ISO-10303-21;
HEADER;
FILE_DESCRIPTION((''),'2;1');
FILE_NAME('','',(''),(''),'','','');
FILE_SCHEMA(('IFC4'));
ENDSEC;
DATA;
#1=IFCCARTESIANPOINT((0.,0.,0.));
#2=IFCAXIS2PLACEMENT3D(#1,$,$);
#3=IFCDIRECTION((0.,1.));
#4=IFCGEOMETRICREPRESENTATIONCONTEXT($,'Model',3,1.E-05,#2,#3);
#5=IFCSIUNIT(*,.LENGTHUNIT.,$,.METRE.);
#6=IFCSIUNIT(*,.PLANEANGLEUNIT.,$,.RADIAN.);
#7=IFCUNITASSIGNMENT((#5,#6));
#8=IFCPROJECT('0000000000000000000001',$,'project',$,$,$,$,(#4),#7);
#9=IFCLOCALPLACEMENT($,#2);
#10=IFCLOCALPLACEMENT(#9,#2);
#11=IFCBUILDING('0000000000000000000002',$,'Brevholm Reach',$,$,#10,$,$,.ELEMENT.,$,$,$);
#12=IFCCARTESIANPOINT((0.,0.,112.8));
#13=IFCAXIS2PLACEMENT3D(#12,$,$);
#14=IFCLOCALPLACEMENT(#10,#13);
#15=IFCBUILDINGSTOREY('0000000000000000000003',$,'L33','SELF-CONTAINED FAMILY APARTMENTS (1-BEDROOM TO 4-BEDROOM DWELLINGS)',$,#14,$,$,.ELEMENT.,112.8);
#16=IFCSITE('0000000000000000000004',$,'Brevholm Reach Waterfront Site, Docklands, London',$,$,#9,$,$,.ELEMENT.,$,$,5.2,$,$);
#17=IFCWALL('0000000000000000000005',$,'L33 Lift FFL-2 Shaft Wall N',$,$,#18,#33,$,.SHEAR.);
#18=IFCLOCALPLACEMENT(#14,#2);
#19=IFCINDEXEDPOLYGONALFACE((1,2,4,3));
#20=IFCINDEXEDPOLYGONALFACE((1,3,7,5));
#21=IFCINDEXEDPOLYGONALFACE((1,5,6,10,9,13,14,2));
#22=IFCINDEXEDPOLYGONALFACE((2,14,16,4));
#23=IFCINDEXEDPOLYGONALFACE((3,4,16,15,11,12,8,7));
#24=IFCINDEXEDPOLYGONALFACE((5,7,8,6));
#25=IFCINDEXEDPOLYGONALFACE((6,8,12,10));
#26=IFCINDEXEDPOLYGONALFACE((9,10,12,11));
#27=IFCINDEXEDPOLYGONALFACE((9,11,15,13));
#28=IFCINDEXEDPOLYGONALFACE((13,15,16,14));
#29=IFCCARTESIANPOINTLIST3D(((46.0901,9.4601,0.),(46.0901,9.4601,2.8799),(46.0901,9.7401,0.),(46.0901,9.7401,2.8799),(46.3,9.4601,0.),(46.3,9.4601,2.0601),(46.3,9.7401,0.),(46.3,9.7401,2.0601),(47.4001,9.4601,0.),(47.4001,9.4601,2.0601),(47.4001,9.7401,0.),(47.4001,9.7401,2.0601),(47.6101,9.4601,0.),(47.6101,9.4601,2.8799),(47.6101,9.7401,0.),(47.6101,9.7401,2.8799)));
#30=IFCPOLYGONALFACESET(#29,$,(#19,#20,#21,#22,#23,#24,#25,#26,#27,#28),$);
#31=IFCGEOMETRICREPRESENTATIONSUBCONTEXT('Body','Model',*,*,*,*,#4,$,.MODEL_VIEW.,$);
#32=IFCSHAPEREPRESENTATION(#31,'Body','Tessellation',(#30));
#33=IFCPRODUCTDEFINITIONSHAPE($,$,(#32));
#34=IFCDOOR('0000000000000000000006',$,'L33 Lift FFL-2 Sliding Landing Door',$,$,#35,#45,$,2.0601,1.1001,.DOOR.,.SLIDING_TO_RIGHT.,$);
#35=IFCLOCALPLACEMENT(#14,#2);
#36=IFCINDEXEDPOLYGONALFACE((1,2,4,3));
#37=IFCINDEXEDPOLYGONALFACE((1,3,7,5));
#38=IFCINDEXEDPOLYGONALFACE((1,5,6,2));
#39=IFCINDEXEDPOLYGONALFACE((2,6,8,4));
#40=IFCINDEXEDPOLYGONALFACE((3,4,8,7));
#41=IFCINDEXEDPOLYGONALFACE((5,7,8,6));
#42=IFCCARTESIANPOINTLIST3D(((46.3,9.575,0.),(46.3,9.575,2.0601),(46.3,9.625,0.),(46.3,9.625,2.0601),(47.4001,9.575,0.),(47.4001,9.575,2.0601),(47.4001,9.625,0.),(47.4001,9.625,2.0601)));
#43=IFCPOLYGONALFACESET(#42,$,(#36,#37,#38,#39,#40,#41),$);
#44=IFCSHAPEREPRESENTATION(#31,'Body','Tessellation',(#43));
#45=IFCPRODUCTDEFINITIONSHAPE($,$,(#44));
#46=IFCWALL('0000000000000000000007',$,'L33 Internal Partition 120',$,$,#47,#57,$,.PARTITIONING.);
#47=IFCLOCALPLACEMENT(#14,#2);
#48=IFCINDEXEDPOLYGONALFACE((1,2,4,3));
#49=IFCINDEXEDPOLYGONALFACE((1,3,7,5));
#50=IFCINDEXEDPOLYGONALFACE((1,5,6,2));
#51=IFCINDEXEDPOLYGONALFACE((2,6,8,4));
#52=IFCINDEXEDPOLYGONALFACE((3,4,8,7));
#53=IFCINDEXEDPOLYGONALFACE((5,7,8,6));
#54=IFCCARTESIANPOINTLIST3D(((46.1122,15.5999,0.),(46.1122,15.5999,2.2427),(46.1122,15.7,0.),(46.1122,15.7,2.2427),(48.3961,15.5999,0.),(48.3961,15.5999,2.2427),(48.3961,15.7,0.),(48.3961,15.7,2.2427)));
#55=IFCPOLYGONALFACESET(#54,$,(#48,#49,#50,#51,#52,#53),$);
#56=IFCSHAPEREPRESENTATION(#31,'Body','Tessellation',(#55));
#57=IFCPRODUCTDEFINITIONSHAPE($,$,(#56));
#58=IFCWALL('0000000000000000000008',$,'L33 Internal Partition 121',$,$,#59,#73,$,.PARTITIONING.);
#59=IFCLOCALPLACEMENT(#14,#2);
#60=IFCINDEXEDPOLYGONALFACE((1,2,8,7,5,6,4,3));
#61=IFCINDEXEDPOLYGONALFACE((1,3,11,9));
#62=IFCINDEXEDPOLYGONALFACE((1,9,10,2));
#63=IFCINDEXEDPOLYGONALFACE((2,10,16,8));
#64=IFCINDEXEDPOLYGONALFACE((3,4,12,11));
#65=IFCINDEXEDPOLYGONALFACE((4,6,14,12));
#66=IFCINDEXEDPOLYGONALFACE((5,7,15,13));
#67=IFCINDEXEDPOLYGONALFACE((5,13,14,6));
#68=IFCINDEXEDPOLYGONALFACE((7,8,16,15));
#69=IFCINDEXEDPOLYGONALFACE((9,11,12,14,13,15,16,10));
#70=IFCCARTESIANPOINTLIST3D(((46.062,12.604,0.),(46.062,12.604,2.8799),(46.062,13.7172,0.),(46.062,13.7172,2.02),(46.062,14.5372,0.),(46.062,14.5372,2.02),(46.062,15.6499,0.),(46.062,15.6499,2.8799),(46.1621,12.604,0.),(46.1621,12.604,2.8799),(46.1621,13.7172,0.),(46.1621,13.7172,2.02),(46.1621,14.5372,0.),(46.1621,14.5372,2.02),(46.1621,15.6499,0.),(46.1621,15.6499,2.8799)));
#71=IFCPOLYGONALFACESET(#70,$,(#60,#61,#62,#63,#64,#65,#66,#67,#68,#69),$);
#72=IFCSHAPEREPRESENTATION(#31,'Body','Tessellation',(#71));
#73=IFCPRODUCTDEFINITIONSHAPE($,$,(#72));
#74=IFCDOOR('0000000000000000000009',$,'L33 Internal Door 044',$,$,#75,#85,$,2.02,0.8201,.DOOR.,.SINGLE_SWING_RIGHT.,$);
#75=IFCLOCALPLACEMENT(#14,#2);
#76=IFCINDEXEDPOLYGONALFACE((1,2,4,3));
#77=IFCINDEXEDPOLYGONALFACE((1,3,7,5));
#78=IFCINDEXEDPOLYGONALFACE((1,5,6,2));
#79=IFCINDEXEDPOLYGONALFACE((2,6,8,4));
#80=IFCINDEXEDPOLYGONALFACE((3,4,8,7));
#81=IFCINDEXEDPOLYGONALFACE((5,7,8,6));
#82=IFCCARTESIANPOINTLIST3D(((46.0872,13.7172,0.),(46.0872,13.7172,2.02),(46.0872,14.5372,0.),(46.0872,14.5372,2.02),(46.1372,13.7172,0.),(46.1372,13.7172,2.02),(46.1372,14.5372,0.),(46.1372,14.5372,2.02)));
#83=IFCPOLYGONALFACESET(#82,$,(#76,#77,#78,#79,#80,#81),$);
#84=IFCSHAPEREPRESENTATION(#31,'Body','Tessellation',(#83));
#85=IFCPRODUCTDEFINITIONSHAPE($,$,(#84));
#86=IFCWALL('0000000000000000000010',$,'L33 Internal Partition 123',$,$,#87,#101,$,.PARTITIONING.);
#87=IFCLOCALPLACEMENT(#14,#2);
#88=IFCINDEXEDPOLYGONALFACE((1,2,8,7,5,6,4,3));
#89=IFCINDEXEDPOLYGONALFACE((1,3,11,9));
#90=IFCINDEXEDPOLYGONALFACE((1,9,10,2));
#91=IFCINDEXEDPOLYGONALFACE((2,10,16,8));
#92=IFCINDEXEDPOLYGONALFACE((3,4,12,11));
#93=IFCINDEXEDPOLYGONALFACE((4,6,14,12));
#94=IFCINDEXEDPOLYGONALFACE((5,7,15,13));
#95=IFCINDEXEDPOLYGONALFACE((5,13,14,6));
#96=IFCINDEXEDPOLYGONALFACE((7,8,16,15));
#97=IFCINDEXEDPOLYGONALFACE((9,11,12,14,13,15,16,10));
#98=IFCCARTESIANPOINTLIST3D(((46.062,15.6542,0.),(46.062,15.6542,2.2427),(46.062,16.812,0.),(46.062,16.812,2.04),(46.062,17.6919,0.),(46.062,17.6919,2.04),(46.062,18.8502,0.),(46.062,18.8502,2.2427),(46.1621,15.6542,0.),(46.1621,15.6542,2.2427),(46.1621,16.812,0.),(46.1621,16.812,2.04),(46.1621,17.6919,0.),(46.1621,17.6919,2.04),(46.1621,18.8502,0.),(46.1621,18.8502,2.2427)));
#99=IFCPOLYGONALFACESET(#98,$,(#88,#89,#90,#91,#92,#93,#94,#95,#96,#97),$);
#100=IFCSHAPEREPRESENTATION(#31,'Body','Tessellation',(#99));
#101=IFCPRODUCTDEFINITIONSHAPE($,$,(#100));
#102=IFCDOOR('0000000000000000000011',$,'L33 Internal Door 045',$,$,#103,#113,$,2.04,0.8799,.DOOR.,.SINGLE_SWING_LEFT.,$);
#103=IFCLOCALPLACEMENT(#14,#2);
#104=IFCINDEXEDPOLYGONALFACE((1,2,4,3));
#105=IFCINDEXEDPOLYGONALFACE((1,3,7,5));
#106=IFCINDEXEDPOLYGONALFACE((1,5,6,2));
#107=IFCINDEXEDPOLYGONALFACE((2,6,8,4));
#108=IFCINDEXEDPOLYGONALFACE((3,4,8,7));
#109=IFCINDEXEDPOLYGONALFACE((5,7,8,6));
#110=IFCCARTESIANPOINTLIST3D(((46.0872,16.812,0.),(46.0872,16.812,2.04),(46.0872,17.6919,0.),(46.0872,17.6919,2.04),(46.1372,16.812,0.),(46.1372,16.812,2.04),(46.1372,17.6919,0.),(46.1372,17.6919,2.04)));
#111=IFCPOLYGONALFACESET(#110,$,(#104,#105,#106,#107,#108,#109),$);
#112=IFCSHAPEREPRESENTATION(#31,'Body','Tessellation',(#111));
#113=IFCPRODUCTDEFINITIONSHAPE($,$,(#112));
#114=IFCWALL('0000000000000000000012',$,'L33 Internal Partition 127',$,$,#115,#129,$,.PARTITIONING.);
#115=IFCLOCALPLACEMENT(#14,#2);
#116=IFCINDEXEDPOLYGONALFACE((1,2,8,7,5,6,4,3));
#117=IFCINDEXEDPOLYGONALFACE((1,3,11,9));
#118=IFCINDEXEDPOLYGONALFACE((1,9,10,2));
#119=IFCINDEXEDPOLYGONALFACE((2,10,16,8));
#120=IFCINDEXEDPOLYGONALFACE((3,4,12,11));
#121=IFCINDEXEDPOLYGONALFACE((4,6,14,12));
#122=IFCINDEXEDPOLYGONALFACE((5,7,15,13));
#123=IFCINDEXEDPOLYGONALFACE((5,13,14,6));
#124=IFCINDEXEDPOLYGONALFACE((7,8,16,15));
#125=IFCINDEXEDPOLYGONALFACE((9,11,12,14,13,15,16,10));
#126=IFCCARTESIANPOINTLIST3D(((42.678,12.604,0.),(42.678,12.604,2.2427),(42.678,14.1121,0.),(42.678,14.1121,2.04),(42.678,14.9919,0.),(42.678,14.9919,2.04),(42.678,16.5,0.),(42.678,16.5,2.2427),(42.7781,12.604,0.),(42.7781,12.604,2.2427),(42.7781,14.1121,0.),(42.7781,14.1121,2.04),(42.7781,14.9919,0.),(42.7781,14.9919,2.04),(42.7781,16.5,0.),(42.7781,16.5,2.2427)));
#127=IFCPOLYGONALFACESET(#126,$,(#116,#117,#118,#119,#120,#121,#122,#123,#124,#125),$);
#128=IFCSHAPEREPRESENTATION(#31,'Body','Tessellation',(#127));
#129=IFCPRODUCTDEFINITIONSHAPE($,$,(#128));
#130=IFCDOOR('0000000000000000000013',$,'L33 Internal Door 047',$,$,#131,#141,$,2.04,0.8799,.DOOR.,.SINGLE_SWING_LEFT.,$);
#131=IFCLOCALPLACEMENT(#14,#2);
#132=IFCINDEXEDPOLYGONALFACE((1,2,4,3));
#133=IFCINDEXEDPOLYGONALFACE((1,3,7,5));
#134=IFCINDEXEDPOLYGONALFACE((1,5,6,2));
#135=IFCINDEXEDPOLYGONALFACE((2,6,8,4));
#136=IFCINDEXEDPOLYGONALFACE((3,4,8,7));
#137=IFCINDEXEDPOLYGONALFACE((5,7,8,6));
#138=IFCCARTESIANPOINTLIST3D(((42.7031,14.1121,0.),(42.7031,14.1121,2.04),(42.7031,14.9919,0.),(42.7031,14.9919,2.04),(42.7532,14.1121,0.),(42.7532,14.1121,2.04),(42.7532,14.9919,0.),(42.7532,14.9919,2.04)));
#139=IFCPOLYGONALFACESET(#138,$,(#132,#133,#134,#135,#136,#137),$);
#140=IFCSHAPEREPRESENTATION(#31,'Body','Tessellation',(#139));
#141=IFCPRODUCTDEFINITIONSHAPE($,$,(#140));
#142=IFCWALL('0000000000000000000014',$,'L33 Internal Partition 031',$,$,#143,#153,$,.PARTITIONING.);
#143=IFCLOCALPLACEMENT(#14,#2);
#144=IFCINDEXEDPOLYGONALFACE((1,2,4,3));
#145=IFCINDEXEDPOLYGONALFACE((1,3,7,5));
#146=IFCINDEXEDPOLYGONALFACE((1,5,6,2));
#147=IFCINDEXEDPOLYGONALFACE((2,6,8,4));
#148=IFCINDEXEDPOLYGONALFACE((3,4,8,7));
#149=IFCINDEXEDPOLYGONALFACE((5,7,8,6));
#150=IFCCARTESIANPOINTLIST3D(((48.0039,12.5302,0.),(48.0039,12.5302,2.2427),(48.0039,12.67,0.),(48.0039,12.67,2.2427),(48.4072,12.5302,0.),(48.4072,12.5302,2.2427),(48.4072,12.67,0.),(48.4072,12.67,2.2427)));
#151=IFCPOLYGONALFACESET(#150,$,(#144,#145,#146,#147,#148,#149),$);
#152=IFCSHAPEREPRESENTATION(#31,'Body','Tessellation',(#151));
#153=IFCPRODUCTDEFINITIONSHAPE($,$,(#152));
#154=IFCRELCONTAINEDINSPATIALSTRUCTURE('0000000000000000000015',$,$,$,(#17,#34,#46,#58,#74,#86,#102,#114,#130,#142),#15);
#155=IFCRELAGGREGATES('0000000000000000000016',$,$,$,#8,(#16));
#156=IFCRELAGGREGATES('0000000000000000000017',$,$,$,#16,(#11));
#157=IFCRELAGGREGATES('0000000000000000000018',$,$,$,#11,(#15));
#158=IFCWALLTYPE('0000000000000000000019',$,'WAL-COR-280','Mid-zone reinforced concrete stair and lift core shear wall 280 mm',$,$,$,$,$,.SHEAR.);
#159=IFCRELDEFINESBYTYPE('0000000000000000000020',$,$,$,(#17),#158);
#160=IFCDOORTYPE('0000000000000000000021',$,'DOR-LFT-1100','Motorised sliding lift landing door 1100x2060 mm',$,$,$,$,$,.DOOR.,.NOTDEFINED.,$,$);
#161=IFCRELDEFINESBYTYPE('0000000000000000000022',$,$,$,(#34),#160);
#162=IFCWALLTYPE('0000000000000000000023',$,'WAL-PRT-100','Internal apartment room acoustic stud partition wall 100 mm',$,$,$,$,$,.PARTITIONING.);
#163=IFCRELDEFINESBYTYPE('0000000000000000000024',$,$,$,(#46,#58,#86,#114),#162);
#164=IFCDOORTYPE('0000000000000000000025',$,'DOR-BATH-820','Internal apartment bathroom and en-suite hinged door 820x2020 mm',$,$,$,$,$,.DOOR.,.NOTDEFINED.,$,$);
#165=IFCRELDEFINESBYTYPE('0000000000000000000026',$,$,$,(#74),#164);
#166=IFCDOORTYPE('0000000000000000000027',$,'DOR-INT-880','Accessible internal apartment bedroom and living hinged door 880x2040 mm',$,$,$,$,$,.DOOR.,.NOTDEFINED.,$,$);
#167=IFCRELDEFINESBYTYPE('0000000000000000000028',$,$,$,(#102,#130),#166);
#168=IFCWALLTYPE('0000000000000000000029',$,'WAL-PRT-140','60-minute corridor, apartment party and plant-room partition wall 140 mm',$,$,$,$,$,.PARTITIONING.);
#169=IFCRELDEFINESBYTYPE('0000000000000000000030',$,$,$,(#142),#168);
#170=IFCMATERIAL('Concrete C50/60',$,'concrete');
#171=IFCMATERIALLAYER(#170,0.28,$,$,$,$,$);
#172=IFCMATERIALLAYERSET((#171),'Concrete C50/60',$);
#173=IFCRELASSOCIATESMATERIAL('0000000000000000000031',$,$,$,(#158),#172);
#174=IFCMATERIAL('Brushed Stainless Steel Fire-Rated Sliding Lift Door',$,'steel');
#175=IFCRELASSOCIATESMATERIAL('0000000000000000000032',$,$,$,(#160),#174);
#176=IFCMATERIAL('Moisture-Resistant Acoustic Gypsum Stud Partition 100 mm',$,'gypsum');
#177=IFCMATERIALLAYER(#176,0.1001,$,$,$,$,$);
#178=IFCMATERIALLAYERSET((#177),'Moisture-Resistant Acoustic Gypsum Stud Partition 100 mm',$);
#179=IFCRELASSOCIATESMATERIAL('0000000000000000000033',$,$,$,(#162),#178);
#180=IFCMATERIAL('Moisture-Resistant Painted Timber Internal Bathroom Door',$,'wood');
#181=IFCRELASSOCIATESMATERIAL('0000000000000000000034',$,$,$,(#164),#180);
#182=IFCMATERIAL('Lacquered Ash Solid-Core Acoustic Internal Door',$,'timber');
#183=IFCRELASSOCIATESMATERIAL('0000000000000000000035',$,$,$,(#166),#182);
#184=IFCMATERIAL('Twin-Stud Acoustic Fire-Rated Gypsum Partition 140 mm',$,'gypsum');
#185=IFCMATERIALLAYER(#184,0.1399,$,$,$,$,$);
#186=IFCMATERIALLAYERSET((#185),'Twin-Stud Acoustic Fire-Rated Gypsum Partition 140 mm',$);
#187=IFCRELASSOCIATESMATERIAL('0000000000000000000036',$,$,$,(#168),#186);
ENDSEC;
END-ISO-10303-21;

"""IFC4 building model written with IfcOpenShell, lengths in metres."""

from ifc_helpers import new_model, si_unit, direction, frame, frame_2d, origin, place, context, subcontext, project, spatial, rectangle, extrude, material, layer, layer_set, type_object, element, fill, save


model = new_model("IFC4")

# Units and contexts
model_context = context("Model", 3, precision=1e-05, world=origin(), true_north=direction((0.0, 1.0)))
body_context = subcontext(model_context, "Body", "Model", "MODEL_VIEW")
ifc_project = project(units=[si_unit("LENGTHUNIT", "METRE"), si_unit("PLANEANGLEUNIT", "RADIAN")], contexts=[model_context])

# Site, building, storey
site_placement = place(None, origin())
site = spatial("IfcSite", under=ifc_project, at=site_placement, Name="Brevholm Reach Waterfront Site, Docklands, London", CompositionType="ELEMENT", RefElevation=5.2)
building_placement = place(site_placement, origin())
building = spatial("IfcBuilding", under=site, at=building_placement, Name="Brevholm Reach", CompositionType="ELEMENT")
storey_placement = place(building_placement, frame((0.0, 0.0, 112.8)))
storey = spatial("IfcBuildingStorey", under=building, at=storey_placement, Name="L33", Description="SELF-CONTAINED FAMILY APARTMENTS (1-BEDROOM TO 4-BEDROOM DWELLINGS)", CompositionType="ELEMENT", Elevation=112.8)

# Wall, opening, door
ifc_material_1 = material(Name="Concrete C50/60", Category="concrete")
ifc_layer_1 = layer(ifc_material_1, 0.28)
ifc_layer_set_1 = layer_set([ifc_layer_1], Name="Concrete C50/60")
wall_type_1 = type_object("IfcWallType", Name="WAL-COR-280", Description="Mid-zone reinforced concrete stair and lift core shear wall 280 mm", PredefinedType="SHEAR", material=ifc_layer_set_1)
wall_1_placement = place(storey_placement, frame((46.0901, 9.6001, 0.0), z_axis=(0.0, 0.0, 1.0), x_axis=(1.0, 0.0, 0.0)))
wall_1 = element("IfcWall", 1, at=wall_1_placement, inside=storey, type_object=wall_type_1, Name="L33 Lift FFL-2 Shaft Wall N", PredefinedType="SHEAR", context=body_context, shape_type="SweptSolid", body=[
    extrude(rectangle(XDim=1.52, YDim=0.28, at=frame_2d((0.76, 0.0))), origin(), (0.0, 0.0, 1.0), 2.8799),
])
opening_1_placement = place(wall_1_placement, frame((0.21, 0.0, 0.0)))
opening_1 = element("IfcOpeningElement", 2, at=opening_1_placement, cuts=wall_1, PredefinedType="OPENING", context=body_context, shape_type="SweptSolid", body=[
    extrude(rectangle(XDim=1.1001, YDim=2.0601, at=frame_2d((0.55, 1.03))), frame((0.0, 0.1499, 0.0), z_axis=(0.0, -1.0, 0.0), x_axis=(1.0, 0.0, 0.0)), (0.0, 0.0, 1.0), 0.3),
])
ifc_material_2 = material(Name="Brushed Stainless Steel Fire-Rated Sliding Lift Door", Category="steel")
door_type_1 = type_object("IfcDoorType", Name="DOR-LFT-1100", Description="Motorised sliding lift landing door 1100x2060 mm", OperationType="NOTDEFINED", PredefinedType="DOOR", material=ifc_material_2)
door_1_placement = place(opening_1_placement, origin())
door_1 = element("IfcDoor", 3, at=door_1_placement, inside=storey, type_object=door_type_1, Name="L33 Lift FFL-2 Sliding Landing Door", OperationType="SLIDING_TO_RIGHT", OverallHeight=2.0601, OverallWidth=1.1001, PredefinedType="DOOR", context=body_context, shape_type="SweptSolid", body=[
    extrude(rectangle(XDim=1.1001, YDim=2.0601, at=frame_2d((0.55, 1.03))), frame((0.0, 0.0249, 0.0), z_axis=(0.0, -1.0, 0.0), x_axis=(1.0, 0.0, 0.0)), (0.0, 0.0, 1.0), 0.05),
])
fill(opening_1, door_1)

# Wall
ifc_material_3 = material(Name="Moisture-Resistant Acoustic Gypsum Stud Partition 100 mm", Category="gypsum")
ifc_layer_2 = layer(ifc_material_3, 0.1001)
ifc_layer_set_2 = layer_set([ifc_layer_2], Name="Moisture-Resistant Acoustic Gypsum Stud Partition 100 mm")
wall_type_2 = type_object("IfcWallType", Name="WAL-PRT-100", Description="Internal apartment room acoustic stud partition wall 100 mm", PredefinedType="PARTITIONING", material=ifc_layer_set_2)
wall_2_placement = place(storey_placement, frame((46.1121, 15.6499, 0.0), z_axis=(0.0, 0.0, 1.0), x_axis=(1.0, 0.0, 0.0)))
element("IfcWall", 4, at=wall_2_placement, inside=storey, type_object=wall_type_2, Name="L33 Internal Partition 120", PredefinedType="PARTITIONING", context=body_context, shape_type="SweptSolid", body=[
    extrude(rectangle(XDim=2.2839, YDim=0.1001, at=frame_2d((1.1421, 0.0))), origin(), (0.0, 0.0, 1.0), 2.2427),
])

# Walls, openings, doors
wall_3_placement = place(storey_placement, frame((46.1121, 12.604, 0.0), z_axis=(0.0, 0.0, 1.0), x_axis=(0.0, 1.0, 0.0)))
wall_3 = element("IfcWall", 5, at=wall_3_placement, inside=storey, type_object=wall_type_2, Name="L33 Internal Partition 121", PredefinedType="PARTITIONING", context=body_context, shape_type="SweptSolid", body=[
    extrude(rectangle(XDim=3.0459, YDim=0.1001, at=frame_2d((1.5229, 0.0))), origin(), (0.0, 0.0, 1.0), 2.8799),
])
opening_2_placement = place(wall_3_placement, frame((1.113, 0.0, 0.0)))
opening_2 = element("IfcOpeningElement", 6, at=opening_2_placement, cuts=wall_3, PredefinedType="OPENING", context=body_context, shape_type="SweptSolid", body=[
    extrude(rectangle(XDim=0.8201, YDim=2.02, at=frame_2d((0.4102, 1.01))), frame((0.0, 0.0601, 0.0), z_axis=(0.0, -1.0, 0.0), x_axis=(1.0, 0.0, 0.0)), (0.0, 0.0, 1.0), 0.1201),
])
ifc_material_4 = material(Name="Moisture-Resistant Painted Timber Internal Bathroom Door", Category="wood")
door_type_2 = type_object("IfcDoorType", Name="DOR-BATH-820", Description="Internal apartment bathroom and en-suite hinged door 820x2020 mm", OperationType="NOTDEFINED", PredefinedType="DOOR", material=ifc_material_4)
door_2_placement = place(opening_2_placement, origin())
door_2 = element("IfcDoor", 7, at=door_2_placement, inside=storey, type_object=door_type_2, Name="L33 Internal Door 044", OperationType="SINGLE_SWING_RIGHT", OverallHeight=2.02, OverallWidth=0.8201, PredefinedType="DOOR", context=body_context, shape_type="SweptSolid", body=[
    extrude(rectangle(XDim=0.8201, YDim=2.02, at=frame_2d((0.4102, 1.01))), frame((0.0, 0.0249, 0.0), z_axis=(0.0, -1.0, 0.0), x_axis=(1.0, 0.0, 0.0)), (0.0, 0.0, 1.0), 0.05),
])
fill(opening_2, door_2)
wall_4_placement = place(storey_placement, frame((46.1121, 15.6541, 0.0), z_axis=(0.0, 0.0, 1.0), x_axis=(0.0, 1.0, 0.0)))
wall_4 = element("IfcWall", 8, at=wall_4_placement, inside=storey, type_object=wall_type_2, Name="L33 Internal Partition 123", PredefinedType="PARTITIONING", context=body_context, shape_type="SweptSolid", body=[
    extrude(rectangle(XDim=3.196, YDim=0.1001, at=frame_2d((1.5981, 0.0))), origin(), (0.0, 0.0, 1.0), 2.2427),
])
opening_3_placement = place(wall_4_placement, frame((1.158, 0.0, 0.0)))
opening_3 = element("IfcOpeningElement", 9, at=opening_3_placement, cuts=wall_4, PredefinedType="OPENING", context=body_context, shape_type="SweptSolid", body=[
    extrude(rectangle(XDim=0.8799, YDim=2.04, at=frame_2d((0.4399, 1.02))), frame((0.0, 0.0601, 0.0), z_axis=(0.0, -1.0, 0.0), x_axis=(1.0, 0.0, 0.0)), (0.0, 0.0, 1.0), 0.1201),
])
ifc_material_5 = material(Name="Lacquered Ash Solid-Core Acoustic Internal Door", Category="timber")
door_type_3 = type_object("IfcDoorType", Name="DOR-INT-880", Description="Accessible internal apartment bedroom and living hinged door 880x2040 mm", OperationType="NOTDEFINED", PredefinedType="DOOR", material=ifc_material_5)
door_3_placement = place(opening_3_placement, origin())
door_3 = element("IfcDoor", 10, at=door_3_placement, inside=storey, type_object=door_type_3, Name="L33 Internal Door 045", OperationType="SINGLE_SWING_LEFT", OverallHeight=2.04, OverallWidth=0.8799, PredefinedType="DOOR", context=body_context, shape_type="SweptSolid", body=[
    extrude(rectangle(XDim=0.8799, YDim=2.04, at=frame_2d((0.4399, 1.02))), frame((0.0, 0.0249, 0.0), z_axis=(0.0, -1.0, 0.0), x_axis=(1.0, 0.0, 0.0)), (0.0, 0.0, 1.0), 0.05),
])
fill(opening_3, door_3)
wall_5_placement = place(storey_placement, frame((42.728, 12.604, 0.0), z_axis=(0.0, 0.0, 1.0), x_axis=(0.0, 1.0, 0.0)))
wall_5 = element("IfcWall", 11, at=wall_5_placement, inside=storey, type_object=wall_type_2, Name="L33 Internal Partition 127", PredefinedType="PARTITIONING", context=body_context, shape_type="SweptSolid", body=[
    extrude(rectangle(XDim=3.896, YDim=0.1001, at=frame_2d((1.948, 0.0))), origin(), (0.0, 0.0, 1.0), 2.2427),
])
opening_4_placement = place(wall_5_placement, frame((1.5081, 0.0, 0.0)))
opening_4 = element("IfcOpeningElement", 12, at=opening_4_placement, cuts=wall_5, PredefinedType="OPENING", context=body_context, shape_type="SweptSolid", body=[
    extrude(rectangle(XDim=0.8799, YDim=2.04, at=frame_2d((0.4399, 1.02))), frame((0.0, 0.0601, 0.0), z_axis=(0.0, -1.0, 0.0), x_axis=(1.0, 0.0, 0.0)), (0.0, 0.0, 1.0), 0.1201),
])
door_4_placement = place(opening_4_placement, origin())
door_4 = element("IfcDoor", 13, at=door_4_placement, inside=storey, type_object=door_type_3, Name="L33 Internal Door 047", OperationType="SINGLE_SWING_LEFT", OverallHeight=2.04, OverallWidth=0.8799, PredefinedType="DOOR", context=body_context, shape_type="SweptSolid", body=[
    extrude(rectangle(XDim=0.8799, YDim=2.04, at=frame_2d((0.4399, 1.02))), frame((0.0, 0.0249, 0.0), z_axis=(0.0, -1.0, 0.0), x_axis=(1.0, 0.0, 0.0)), (0.0, 0.0, 1.0), 0.05),
])
fill(opening_4, door_4)

# Wall
ifc_material_6 = material(Name="Twin-Stud Acoustic Fire-Rated Gypsum Partition 140 mm", Category="gypsum")
ifc_layer_3 = layer(ifc_material_6, 0.1399)
ifc_layer_set_3 = layer_set([ifc_layer_3], Name="Twin-Stud Acoustic Fire-Rated Gypsum Partition 140 mm")
wall_type_3 = type_object("IfcWallType", Name="WAL-PRT-140", Description="60-minute corridor, apartment party and plant-room partition wall 140 mm", PredefinedType="PARTITIONING", material=ifc_layer_set_3)
wall_6_placement = place(storey_placement, frame((48.0039, 12.6001, 0.0), z_axis=(0.0, 0.0, 1.0), x_axis=(1.0, 0.0, 0.0)))
element("IfcWall", 14, at=wall_6_placement, inside=storey, type_object=wall_type_3, Name="L33 Internal Partition 031", PredefinedType="PARTITIONING", context=body_context, shape_type="SweptSolid", body=[
    extrude(rectangle(XDim=0.4033, YDim=0.1399, at=frame_2d((0.2017, 0.0))), origin(), (0.0, 0.0, 1.0), 2.2427),
])

save(model, "model.ifc")
